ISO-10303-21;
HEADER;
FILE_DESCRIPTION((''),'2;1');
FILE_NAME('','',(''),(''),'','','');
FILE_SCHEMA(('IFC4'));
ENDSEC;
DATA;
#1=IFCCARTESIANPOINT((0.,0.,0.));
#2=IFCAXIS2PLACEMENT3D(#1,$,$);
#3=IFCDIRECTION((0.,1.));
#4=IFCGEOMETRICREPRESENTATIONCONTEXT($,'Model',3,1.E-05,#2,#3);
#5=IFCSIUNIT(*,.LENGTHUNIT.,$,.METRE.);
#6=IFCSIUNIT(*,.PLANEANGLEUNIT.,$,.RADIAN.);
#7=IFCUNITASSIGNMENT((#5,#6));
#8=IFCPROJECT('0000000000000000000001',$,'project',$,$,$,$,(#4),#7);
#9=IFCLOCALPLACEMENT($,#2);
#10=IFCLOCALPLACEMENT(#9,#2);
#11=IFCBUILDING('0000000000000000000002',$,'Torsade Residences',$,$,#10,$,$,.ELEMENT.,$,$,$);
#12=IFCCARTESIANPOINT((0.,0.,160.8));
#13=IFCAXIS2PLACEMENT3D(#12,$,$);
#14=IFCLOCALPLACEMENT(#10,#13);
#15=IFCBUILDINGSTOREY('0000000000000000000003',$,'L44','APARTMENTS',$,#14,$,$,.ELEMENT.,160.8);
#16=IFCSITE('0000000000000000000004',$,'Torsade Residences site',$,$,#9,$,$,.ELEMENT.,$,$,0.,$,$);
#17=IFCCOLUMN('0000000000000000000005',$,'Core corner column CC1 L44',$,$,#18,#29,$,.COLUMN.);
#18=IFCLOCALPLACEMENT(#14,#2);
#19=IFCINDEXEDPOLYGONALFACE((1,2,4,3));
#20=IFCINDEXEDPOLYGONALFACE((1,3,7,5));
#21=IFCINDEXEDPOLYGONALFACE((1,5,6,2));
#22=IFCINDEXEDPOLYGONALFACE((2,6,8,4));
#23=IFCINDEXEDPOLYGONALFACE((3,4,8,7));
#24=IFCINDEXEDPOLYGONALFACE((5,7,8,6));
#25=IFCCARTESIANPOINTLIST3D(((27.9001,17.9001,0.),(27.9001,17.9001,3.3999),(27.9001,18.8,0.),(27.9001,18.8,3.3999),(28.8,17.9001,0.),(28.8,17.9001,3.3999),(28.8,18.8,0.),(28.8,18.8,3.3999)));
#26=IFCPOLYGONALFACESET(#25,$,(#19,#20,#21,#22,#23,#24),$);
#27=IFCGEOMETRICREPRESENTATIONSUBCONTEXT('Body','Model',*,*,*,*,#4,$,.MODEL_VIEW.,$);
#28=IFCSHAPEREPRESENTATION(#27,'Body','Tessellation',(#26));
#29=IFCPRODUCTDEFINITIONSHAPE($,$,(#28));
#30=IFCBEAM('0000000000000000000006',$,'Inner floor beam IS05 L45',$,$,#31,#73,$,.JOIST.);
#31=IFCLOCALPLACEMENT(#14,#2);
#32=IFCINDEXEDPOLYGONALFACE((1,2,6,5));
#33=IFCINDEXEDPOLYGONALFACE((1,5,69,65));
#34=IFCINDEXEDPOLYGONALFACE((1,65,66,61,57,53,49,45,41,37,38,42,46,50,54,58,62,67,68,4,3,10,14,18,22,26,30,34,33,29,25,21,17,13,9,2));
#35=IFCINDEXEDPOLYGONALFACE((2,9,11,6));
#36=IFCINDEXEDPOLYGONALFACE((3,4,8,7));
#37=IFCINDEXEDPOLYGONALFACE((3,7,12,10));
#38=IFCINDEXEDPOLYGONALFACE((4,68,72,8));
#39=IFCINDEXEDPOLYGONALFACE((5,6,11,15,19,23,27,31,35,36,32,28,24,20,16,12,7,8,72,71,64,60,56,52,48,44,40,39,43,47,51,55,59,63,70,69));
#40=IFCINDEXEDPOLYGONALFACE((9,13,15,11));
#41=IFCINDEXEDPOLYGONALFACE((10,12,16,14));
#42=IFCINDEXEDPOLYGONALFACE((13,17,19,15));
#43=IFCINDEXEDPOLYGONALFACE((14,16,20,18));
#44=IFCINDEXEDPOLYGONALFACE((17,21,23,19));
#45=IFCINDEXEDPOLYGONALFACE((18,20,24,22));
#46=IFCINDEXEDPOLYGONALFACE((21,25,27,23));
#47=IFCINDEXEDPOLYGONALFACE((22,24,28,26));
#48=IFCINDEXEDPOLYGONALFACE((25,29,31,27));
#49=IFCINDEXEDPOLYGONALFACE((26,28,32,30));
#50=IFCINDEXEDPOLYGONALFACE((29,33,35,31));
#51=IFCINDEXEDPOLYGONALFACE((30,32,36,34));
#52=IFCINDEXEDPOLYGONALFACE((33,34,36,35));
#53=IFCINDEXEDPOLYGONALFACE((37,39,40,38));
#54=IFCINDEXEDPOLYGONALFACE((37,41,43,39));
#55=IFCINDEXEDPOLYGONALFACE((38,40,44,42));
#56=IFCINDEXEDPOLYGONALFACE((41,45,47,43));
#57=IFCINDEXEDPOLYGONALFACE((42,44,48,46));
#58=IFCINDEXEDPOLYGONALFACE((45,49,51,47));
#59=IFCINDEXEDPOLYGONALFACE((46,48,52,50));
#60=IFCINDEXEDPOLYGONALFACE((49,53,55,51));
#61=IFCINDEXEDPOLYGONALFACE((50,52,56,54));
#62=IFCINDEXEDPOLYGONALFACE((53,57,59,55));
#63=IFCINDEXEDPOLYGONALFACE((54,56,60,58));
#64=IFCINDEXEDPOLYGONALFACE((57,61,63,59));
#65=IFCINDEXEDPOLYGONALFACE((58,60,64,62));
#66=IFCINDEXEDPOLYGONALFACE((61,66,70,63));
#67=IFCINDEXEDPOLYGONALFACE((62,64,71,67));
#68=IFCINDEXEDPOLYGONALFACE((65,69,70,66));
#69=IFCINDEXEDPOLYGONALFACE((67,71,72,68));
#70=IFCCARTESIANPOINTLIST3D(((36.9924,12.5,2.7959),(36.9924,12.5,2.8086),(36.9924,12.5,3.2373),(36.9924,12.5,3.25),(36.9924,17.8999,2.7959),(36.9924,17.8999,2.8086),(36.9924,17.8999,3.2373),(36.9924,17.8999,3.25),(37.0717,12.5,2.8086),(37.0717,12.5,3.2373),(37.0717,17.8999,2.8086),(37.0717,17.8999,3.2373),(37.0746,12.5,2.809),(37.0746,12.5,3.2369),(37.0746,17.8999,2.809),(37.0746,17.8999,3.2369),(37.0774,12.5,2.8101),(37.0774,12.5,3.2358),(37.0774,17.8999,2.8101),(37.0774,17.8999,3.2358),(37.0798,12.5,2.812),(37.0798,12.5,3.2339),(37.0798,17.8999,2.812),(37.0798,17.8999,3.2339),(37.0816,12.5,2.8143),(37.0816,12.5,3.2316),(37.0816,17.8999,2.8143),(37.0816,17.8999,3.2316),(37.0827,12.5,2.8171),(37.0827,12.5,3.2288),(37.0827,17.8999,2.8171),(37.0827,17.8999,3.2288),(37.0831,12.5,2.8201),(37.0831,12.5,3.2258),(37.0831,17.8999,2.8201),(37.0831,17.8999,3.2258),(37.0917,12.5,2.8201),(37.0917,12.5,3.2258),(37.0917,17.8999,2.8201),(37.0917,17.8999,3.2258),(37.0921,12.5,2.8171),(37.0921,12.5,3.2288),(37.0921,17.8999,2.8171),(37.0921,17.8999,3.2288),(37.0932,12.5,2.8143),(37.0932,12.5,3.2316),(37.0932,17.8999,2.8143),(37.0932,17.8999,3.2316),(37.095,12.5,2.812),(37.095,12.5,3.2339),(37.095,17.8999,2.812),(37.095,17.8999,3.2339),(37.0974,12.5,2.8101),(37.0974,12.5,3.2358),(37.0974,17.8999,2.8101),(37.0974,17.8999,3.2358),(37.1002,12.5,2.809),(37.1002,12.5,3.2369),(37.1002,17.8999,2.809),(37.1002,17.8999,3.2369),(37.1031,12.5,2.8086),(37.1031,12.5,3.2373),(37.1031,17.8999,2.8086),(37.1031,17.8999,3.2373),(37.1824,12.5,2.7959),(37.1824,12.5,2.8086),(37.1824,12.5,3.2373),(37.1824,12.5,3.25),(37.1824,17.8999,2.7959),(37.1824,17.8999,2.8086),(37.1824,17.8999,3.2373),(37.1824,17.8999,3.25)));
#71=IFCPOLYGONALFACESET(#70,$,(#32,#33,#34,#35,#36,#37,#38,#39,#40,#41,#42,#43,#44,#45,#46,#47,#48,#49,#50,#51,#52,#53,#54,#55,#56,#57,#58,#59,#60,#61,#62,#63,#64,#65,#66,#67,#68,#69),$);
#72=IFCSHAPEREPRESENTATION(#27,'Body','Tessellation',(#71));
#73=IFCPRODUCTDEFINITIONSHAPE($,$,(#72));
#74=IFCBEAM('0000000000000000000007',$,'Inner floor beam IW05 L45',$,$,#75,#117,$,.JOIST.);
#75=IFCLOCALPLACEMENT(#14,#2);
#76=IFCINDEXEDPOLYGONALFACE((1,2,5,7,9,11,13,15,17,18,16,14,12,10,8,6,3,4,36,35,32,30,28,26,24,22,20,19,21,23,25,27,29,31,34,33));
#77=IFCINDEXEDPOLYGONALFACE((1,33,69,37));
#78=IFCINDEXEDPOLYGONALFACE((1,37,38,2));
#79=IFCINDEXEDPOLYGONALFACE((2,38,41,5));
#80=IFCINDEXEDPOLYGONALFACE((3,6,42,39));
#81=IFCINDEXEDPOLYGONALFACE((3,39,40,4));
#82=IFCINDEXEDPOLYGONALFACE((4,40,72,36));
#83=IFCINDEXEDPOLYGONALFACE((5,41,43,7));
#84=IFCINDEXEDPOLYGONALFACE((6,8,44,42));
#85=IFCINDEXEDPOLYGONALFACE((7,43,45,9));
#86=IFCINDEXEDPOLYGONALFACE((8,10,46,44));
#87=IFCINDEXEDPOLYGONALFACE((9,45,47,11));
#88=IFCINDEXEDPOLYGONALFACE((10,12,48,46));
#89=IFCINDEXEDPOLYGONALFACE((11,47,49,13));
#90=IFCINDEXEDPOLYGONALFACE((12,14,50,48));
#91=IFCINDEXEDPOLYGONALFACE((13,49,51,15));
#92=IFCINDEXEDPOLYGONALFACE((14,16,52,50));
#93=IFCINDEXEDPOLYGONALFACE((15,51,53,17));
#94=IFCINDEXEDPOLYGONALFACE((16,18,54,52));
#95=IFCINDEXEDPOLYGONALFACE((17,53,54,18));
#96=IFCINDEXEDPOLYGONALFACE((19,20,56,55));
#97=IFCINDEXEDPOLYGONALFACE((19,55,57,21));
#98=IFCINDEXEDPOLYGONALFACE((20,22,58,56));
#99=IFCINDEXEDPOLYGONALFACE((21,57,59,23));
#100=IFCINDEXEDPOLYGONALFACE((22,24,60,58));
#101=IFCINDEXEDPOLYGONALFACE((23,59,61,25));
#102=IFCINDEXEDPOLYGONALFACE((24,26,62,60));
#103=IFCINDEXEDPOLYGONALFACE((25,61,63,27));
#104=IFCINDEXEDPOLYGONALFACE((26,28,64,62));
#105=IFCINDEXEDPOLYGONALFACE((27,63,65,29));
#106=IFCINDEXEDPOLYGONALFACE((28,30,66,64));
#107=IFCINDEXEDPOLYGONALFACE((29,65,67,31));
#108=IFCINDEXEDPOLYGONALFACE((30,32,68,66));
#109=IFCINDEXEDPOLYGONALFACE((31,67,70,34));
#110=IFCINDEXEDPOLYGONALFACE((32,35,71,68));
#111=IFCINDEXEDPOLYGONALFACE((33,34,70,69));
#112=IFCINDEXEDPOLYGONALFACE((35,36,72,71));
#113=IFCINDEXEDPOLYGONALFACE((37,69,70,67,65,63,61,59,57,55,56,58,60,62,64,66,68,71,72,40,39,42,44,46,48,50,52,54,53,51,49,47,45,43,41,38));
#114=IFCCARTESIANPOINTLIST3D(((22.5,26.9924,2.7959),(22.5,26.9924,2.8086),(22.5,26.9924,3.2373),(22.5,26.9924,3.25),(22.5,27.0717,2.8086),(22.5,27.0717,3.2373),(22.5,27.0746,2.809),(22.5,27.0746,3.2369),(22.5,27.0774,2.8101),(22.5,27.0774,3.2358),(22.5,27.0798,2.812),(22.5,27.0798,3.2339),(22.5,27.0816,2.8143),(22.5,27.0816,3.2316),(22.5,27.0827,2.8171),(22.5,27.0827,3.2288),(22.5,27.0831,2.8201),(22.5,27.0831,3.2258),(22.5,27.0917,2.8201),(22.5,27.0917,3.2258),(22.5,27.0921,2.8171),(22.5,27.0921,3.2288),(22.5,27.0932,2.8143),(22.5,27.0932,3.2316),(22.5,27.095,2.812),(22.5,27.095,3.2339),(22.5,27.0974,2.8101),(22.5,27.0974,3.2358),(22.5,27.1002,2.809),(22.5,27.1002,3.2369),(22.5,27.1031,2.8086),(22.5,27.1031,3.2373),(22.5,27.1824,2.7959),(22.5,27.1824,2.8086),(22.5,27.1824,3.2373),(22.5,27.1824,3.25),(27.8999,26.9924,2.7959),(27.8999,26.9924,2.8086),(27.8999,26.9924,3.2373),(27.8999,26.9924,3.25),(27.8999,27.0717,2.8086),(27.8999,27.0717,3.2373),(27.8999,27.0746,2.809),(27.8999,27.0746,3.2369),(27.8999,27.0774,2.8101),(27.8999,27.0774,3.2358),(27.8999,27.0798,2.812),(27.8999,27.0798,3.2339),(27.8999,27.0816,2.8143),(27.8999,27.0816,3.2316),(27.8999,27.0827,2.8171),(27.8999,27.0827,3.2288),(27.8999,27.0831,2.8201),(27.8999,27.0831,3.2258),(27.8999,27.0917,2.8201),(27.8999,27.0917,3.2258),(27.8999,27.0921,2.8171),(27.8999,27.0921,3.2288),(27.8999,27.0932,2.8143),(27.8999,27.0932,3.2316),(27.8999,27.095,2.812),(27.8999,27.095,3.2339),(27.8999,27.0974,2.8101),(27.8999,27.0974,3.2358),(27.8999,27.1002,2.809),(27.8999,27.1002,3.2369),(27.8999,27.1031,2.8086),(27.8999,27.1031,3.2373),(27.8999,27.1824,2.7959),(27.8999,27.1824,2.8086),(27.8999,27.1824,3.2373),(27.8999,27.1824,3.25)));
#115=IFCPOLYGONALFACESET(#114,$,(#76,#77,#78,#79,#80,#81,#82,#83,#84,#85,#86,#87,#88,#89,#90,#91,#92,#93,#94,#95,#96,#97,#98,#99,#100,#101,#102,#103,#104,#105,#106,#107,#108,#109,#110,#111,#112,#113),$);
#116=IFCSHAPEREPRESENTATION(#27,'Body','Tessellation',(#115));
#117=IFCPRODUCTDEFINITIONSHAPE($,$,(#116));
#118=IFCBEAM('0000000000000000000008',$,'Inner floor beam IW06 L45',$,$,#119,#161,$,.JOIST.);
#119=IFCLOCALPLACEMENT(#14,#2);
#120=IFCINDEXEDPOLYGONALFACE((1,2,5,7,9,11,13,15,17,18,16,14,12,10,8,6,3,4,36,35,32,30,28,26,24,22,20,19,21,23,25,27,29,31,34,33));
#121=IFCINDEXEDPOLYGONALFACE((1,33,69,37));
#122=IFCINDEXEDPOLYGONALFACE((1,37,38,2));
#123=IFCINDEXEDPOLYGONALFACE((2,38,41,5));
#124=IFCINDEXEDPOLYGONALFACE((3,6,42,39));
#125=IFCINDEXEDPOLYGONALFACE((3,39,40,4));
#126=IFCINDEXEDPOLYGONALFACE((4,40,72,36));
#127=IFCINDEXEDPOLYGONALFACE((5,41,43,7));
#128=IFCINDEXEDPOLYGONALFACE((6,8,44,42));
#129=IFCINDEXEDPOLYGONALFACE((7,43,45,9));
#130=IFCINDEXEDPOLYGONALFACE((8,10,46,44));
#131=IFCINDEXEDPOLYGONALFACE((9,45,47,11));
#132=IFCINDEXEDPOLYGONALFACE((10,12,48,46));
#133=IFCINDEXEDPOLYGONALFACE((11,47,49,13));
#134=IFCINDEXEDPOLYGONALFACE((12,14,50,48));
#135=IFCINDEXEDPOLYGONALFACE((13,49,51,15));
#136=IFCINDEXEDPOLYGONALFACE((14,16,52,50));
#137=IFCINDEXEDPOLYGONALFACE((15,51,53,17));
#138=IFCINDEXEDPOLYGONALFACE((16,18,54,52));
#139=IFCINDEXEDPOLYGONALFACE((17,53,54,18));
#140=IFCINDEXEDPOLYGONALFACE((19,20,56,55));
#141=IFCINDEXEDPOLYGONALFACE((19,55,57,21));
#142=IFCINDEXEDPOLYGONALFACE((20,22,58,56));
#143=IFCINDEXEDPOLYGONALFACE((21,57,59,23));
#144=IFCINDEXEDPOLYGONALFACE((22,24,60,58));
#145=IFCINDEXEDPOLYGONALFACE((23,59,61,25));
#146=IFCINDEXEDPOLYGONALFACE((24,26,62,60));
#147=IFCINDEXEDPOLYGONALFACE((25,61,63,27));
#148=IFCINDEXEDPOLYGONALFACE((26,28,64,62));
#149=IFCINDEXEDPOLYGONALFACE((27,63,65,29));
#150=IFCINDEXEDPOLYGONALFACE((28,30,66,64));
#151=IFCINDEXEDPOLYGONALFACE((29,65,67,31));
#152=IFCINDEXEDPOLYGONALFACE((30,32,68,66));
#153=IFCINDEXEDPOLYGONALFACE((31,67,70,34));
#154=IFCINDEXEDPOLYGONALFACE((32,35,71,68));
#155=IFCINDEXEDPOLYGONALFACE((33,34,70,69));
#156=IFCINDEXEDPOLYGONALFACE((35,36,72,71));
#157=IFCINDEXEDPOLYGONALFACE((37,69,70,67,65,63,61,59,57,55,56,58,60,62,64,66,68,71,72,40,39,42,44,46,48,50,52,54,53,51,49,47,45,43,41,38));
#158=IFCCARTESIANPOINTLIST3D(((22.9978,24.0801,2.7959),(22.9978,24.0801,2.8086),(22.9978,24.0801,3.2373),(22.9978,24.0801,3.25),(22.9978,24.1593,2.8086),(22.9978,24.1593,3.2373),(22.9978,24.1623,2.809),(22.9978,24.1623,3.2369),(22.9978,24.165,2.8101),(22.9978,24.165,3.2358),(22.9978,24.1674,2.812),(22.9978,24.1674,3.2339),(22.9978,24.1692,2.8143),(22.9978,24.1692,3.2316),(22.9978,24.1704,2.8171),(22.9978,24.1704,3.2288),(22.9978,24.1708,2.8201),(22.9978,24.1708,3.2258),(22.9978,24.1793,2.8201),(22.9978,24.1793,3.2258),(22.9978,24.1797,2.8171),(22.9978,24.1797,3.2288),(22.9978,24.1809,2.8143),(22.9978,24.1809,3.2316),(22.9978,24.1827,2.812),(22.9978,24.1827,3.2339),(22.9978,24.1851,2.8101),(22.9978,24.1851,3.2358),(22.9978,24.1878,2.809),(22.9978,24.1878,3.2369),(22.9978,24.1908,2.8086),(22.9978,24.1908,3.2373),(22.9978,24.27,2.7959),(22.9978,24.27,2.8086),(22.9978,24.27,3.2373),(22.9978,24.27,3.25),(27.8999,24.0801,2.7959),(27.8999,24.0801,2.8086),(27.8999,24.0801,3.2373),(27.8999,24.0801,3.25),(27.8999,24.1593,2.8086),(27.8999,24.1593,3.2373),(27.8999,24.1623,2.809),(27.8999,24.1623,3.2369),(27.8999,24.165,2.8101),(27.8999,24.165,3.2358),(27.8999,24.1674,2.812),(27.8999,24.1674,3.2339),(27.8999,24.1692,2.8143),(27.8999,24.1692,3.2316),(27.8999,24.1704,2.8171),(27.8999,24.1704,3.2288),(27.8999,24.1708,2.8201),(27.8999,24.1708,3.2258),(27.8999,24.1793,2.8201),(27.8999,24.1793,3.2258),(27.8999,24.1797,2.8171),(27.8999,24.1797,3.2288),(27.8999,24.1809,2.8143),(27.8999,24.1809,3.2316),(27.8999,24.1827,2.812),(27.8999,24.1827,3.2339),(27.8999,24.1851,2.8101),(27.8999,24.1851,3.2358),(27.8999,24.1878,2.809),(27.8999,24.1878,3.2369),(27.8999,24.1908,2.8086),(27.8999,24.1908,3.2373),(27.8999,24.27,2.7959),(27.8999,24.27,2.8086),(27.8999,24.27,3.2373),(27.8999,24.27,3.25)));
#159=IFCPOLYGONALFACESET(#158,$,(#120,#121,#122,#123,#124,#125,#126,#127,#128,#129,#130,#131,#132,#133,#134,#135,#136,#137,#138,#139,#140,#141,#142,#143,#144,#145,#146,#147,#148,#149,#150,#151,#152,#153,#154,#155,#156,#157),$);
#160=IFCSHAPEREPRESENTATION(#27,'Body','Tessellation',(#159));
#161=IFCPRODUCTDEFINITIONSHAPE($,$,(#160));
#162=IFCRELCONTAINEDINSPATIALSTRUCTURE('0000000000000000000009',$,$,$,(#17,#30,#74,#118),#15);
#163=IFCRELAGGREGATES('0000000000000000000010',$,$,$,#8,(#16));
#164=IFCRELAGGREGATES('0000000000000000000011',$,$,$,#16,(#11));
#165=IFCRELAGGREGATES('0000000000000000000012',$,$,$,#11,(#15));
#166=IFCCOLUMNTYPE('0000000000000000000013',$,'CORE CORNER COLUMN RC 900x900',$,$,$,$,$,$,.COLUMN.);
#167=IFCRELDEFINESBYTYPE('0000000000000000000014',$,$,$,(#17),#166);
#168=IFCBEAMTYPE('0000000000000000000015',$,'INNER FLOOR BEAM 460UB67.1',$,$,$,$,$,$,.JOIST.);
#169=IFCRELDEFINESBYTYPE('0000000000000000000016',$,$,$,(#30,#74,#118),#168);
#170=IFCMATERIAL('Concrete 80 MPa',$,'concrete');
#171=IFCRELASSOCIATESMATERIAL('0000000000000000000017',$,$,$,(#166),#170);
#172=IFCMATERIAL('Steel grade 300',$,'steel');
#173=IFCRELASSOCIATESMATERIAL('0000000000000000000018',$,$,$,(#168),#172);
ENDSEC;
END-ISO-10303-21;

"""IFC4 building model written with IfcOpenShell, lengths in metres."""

from ifc_helpers import new_model, si_unit, direction, frame, origin, origin_2d, place, context, subcontext, project, spatial, rectangle, i_section, extrude, material, material_profile, profile_set, type_object, element, save


model = new_model("IFC4")

# Units and contexts
model_context = context("Model", 3, precision=1e-05, world=origin(), true_north=direction((0.0, 1.0)))
body_context = subcontext(model_context, "Body", "Model", "MODEL_VIEW")
ifc_project = project(units=[si_unit("LENGTHUNIT", "METRE"), si_unit("PLANEANGLEUNIT", "RADIAN")], contexts=[model_context])

# Site, building, storey
site_placement = place(None, origin())
site = spatial("IfcSite", under=ifc_project, at=site_placement, Name="Torsade Residences site", CompositionType="ELEMENT", RefElevation=0.0)
building_placement = place(site_placement, origin())
building = spatial("IfcBuilding", under=site, at=building_placement, Name="Torsade Residences", CompositionType="ELEMENT")
storey_placement = place(building_placement, frame((0.0, 0.0, 160.8)))
storey = spatial("IfcBuildingStorey", under=building, at=storey_placement, Name="L44", Description="APARTMENTS", CompositionType="ELEMENT", Elevation=160.8)

# Column
ifc_material_1 = material(Name="Concrete 80 MPa", Category="concrete")
ifc_material_profile_1 = material_profile(ifc_material_1, rectangle(XDim=0.8999, YDim=0.8999, at=origin_2d()), Name="RC 900x900")
ifc_profile_set_1 = profile_set([ifc_material_profile_1], Name="Concrete 80 MPa")
column_type = type_object("IfcColumnType", Name="CORE CORNER COLUMN RC 900x900", PredefinedType="COLUMN", material=ifc_profile_set_1)
column_placement = place(storey_placement, frame((28.3501, 18.3501, 0.0), z_axis=(0.0, 0.0, 1.0), x_axis=(1.0, 0.0, 0.0)))
element("IfcColumn", 1, at=column_placement, inside=storey, type_object=column_type, Name="Core corner column CC1 L44", PredefinedType="COLUMN", context=body_context, shape_type="SweptSolid", body=[
    extrude(rectangle(XDim=0.8999, YDim=0.8999, at=origin_2d()), origin(), (0.0, 0.0, 1.0), 3.3999),
])

# Beams
ifc_material_2 = material(Name="Steel grade 300", Category="steel")
ifc_material_profile_2 = material_profile(ifc_material_2, i_section(OverallWidth=0.1899, OverallDepth=0.4541, WebThickness=0.0085, FlangeThickness=0.0127, FilletRadius=0.0115, at=origin_2d()), Name="460UB67.1")
ifc_profile_set_2 = profile_set([ifc_material_profile_2], Name="Steel grade 300")
beam_type = type_object("IfcBeamType", Name="INNER FLOOR BEAM 460UB67.1", PredefinedType="JOIST", material=ifc_profile_set_2)
for number, where, z_axis, x_axis, name in (
    (2, (37.0874, 17.8999, 3.0229), (0.0, -1.0, 0.0), (1.0, 0.0, 0.0), "Inner floor beam IS05 L45"),
    (3, (27.8999, 27.0874, 3.0229), (-1.0, 0.0, 0.0), (0.0, -1.0, 0.0), "Inner floor beam IW05 L45"),
):
    element("IfcBeam", number, at=place(storey_placement, frame(where, z_axis=z_axis, x_axis=x_axis)), inside=storey, type_object=beam_type, Name=name, PredefinedType="JOIST", context=body_context, shape_type="SweptSolid", body=[
        extrude(i_section(OverallWidth=0.1899, OverallDepth=0.4541, WebThickness=0.0085, FlangeThickness=0.0127, FilletRadius=0.0115, at=origin_2d()), origin(), (0.0, 0.0, 1.0), 5.3999),
    ])
beam_1_placement = place(storey_placement, frame((27.8999, 24.175, 3.0229), z_axis=(-1.0, 0.0, 0.0), x_axis=(0.0, -1.0, 0.0)))
element("IfcBeam", 4, at=beam_1_placement, inside=storey, type_object=beam_type, Name="Inner floor beam IW06 L45", PredefinedType="JOIST", context=body_context, shape_type="SweptSolid", body=[
    extrude(i_section(OverallWidth=0.1899, OverallDepth=0.4541, WebThickness=0.0085, FlangeThickness=0.0127, FilletRadius=0.0115, at=origin_2d()), origin(), (0.0, 0.0, 1.0), 4.9021),
])

save(model, "model.ifc")
